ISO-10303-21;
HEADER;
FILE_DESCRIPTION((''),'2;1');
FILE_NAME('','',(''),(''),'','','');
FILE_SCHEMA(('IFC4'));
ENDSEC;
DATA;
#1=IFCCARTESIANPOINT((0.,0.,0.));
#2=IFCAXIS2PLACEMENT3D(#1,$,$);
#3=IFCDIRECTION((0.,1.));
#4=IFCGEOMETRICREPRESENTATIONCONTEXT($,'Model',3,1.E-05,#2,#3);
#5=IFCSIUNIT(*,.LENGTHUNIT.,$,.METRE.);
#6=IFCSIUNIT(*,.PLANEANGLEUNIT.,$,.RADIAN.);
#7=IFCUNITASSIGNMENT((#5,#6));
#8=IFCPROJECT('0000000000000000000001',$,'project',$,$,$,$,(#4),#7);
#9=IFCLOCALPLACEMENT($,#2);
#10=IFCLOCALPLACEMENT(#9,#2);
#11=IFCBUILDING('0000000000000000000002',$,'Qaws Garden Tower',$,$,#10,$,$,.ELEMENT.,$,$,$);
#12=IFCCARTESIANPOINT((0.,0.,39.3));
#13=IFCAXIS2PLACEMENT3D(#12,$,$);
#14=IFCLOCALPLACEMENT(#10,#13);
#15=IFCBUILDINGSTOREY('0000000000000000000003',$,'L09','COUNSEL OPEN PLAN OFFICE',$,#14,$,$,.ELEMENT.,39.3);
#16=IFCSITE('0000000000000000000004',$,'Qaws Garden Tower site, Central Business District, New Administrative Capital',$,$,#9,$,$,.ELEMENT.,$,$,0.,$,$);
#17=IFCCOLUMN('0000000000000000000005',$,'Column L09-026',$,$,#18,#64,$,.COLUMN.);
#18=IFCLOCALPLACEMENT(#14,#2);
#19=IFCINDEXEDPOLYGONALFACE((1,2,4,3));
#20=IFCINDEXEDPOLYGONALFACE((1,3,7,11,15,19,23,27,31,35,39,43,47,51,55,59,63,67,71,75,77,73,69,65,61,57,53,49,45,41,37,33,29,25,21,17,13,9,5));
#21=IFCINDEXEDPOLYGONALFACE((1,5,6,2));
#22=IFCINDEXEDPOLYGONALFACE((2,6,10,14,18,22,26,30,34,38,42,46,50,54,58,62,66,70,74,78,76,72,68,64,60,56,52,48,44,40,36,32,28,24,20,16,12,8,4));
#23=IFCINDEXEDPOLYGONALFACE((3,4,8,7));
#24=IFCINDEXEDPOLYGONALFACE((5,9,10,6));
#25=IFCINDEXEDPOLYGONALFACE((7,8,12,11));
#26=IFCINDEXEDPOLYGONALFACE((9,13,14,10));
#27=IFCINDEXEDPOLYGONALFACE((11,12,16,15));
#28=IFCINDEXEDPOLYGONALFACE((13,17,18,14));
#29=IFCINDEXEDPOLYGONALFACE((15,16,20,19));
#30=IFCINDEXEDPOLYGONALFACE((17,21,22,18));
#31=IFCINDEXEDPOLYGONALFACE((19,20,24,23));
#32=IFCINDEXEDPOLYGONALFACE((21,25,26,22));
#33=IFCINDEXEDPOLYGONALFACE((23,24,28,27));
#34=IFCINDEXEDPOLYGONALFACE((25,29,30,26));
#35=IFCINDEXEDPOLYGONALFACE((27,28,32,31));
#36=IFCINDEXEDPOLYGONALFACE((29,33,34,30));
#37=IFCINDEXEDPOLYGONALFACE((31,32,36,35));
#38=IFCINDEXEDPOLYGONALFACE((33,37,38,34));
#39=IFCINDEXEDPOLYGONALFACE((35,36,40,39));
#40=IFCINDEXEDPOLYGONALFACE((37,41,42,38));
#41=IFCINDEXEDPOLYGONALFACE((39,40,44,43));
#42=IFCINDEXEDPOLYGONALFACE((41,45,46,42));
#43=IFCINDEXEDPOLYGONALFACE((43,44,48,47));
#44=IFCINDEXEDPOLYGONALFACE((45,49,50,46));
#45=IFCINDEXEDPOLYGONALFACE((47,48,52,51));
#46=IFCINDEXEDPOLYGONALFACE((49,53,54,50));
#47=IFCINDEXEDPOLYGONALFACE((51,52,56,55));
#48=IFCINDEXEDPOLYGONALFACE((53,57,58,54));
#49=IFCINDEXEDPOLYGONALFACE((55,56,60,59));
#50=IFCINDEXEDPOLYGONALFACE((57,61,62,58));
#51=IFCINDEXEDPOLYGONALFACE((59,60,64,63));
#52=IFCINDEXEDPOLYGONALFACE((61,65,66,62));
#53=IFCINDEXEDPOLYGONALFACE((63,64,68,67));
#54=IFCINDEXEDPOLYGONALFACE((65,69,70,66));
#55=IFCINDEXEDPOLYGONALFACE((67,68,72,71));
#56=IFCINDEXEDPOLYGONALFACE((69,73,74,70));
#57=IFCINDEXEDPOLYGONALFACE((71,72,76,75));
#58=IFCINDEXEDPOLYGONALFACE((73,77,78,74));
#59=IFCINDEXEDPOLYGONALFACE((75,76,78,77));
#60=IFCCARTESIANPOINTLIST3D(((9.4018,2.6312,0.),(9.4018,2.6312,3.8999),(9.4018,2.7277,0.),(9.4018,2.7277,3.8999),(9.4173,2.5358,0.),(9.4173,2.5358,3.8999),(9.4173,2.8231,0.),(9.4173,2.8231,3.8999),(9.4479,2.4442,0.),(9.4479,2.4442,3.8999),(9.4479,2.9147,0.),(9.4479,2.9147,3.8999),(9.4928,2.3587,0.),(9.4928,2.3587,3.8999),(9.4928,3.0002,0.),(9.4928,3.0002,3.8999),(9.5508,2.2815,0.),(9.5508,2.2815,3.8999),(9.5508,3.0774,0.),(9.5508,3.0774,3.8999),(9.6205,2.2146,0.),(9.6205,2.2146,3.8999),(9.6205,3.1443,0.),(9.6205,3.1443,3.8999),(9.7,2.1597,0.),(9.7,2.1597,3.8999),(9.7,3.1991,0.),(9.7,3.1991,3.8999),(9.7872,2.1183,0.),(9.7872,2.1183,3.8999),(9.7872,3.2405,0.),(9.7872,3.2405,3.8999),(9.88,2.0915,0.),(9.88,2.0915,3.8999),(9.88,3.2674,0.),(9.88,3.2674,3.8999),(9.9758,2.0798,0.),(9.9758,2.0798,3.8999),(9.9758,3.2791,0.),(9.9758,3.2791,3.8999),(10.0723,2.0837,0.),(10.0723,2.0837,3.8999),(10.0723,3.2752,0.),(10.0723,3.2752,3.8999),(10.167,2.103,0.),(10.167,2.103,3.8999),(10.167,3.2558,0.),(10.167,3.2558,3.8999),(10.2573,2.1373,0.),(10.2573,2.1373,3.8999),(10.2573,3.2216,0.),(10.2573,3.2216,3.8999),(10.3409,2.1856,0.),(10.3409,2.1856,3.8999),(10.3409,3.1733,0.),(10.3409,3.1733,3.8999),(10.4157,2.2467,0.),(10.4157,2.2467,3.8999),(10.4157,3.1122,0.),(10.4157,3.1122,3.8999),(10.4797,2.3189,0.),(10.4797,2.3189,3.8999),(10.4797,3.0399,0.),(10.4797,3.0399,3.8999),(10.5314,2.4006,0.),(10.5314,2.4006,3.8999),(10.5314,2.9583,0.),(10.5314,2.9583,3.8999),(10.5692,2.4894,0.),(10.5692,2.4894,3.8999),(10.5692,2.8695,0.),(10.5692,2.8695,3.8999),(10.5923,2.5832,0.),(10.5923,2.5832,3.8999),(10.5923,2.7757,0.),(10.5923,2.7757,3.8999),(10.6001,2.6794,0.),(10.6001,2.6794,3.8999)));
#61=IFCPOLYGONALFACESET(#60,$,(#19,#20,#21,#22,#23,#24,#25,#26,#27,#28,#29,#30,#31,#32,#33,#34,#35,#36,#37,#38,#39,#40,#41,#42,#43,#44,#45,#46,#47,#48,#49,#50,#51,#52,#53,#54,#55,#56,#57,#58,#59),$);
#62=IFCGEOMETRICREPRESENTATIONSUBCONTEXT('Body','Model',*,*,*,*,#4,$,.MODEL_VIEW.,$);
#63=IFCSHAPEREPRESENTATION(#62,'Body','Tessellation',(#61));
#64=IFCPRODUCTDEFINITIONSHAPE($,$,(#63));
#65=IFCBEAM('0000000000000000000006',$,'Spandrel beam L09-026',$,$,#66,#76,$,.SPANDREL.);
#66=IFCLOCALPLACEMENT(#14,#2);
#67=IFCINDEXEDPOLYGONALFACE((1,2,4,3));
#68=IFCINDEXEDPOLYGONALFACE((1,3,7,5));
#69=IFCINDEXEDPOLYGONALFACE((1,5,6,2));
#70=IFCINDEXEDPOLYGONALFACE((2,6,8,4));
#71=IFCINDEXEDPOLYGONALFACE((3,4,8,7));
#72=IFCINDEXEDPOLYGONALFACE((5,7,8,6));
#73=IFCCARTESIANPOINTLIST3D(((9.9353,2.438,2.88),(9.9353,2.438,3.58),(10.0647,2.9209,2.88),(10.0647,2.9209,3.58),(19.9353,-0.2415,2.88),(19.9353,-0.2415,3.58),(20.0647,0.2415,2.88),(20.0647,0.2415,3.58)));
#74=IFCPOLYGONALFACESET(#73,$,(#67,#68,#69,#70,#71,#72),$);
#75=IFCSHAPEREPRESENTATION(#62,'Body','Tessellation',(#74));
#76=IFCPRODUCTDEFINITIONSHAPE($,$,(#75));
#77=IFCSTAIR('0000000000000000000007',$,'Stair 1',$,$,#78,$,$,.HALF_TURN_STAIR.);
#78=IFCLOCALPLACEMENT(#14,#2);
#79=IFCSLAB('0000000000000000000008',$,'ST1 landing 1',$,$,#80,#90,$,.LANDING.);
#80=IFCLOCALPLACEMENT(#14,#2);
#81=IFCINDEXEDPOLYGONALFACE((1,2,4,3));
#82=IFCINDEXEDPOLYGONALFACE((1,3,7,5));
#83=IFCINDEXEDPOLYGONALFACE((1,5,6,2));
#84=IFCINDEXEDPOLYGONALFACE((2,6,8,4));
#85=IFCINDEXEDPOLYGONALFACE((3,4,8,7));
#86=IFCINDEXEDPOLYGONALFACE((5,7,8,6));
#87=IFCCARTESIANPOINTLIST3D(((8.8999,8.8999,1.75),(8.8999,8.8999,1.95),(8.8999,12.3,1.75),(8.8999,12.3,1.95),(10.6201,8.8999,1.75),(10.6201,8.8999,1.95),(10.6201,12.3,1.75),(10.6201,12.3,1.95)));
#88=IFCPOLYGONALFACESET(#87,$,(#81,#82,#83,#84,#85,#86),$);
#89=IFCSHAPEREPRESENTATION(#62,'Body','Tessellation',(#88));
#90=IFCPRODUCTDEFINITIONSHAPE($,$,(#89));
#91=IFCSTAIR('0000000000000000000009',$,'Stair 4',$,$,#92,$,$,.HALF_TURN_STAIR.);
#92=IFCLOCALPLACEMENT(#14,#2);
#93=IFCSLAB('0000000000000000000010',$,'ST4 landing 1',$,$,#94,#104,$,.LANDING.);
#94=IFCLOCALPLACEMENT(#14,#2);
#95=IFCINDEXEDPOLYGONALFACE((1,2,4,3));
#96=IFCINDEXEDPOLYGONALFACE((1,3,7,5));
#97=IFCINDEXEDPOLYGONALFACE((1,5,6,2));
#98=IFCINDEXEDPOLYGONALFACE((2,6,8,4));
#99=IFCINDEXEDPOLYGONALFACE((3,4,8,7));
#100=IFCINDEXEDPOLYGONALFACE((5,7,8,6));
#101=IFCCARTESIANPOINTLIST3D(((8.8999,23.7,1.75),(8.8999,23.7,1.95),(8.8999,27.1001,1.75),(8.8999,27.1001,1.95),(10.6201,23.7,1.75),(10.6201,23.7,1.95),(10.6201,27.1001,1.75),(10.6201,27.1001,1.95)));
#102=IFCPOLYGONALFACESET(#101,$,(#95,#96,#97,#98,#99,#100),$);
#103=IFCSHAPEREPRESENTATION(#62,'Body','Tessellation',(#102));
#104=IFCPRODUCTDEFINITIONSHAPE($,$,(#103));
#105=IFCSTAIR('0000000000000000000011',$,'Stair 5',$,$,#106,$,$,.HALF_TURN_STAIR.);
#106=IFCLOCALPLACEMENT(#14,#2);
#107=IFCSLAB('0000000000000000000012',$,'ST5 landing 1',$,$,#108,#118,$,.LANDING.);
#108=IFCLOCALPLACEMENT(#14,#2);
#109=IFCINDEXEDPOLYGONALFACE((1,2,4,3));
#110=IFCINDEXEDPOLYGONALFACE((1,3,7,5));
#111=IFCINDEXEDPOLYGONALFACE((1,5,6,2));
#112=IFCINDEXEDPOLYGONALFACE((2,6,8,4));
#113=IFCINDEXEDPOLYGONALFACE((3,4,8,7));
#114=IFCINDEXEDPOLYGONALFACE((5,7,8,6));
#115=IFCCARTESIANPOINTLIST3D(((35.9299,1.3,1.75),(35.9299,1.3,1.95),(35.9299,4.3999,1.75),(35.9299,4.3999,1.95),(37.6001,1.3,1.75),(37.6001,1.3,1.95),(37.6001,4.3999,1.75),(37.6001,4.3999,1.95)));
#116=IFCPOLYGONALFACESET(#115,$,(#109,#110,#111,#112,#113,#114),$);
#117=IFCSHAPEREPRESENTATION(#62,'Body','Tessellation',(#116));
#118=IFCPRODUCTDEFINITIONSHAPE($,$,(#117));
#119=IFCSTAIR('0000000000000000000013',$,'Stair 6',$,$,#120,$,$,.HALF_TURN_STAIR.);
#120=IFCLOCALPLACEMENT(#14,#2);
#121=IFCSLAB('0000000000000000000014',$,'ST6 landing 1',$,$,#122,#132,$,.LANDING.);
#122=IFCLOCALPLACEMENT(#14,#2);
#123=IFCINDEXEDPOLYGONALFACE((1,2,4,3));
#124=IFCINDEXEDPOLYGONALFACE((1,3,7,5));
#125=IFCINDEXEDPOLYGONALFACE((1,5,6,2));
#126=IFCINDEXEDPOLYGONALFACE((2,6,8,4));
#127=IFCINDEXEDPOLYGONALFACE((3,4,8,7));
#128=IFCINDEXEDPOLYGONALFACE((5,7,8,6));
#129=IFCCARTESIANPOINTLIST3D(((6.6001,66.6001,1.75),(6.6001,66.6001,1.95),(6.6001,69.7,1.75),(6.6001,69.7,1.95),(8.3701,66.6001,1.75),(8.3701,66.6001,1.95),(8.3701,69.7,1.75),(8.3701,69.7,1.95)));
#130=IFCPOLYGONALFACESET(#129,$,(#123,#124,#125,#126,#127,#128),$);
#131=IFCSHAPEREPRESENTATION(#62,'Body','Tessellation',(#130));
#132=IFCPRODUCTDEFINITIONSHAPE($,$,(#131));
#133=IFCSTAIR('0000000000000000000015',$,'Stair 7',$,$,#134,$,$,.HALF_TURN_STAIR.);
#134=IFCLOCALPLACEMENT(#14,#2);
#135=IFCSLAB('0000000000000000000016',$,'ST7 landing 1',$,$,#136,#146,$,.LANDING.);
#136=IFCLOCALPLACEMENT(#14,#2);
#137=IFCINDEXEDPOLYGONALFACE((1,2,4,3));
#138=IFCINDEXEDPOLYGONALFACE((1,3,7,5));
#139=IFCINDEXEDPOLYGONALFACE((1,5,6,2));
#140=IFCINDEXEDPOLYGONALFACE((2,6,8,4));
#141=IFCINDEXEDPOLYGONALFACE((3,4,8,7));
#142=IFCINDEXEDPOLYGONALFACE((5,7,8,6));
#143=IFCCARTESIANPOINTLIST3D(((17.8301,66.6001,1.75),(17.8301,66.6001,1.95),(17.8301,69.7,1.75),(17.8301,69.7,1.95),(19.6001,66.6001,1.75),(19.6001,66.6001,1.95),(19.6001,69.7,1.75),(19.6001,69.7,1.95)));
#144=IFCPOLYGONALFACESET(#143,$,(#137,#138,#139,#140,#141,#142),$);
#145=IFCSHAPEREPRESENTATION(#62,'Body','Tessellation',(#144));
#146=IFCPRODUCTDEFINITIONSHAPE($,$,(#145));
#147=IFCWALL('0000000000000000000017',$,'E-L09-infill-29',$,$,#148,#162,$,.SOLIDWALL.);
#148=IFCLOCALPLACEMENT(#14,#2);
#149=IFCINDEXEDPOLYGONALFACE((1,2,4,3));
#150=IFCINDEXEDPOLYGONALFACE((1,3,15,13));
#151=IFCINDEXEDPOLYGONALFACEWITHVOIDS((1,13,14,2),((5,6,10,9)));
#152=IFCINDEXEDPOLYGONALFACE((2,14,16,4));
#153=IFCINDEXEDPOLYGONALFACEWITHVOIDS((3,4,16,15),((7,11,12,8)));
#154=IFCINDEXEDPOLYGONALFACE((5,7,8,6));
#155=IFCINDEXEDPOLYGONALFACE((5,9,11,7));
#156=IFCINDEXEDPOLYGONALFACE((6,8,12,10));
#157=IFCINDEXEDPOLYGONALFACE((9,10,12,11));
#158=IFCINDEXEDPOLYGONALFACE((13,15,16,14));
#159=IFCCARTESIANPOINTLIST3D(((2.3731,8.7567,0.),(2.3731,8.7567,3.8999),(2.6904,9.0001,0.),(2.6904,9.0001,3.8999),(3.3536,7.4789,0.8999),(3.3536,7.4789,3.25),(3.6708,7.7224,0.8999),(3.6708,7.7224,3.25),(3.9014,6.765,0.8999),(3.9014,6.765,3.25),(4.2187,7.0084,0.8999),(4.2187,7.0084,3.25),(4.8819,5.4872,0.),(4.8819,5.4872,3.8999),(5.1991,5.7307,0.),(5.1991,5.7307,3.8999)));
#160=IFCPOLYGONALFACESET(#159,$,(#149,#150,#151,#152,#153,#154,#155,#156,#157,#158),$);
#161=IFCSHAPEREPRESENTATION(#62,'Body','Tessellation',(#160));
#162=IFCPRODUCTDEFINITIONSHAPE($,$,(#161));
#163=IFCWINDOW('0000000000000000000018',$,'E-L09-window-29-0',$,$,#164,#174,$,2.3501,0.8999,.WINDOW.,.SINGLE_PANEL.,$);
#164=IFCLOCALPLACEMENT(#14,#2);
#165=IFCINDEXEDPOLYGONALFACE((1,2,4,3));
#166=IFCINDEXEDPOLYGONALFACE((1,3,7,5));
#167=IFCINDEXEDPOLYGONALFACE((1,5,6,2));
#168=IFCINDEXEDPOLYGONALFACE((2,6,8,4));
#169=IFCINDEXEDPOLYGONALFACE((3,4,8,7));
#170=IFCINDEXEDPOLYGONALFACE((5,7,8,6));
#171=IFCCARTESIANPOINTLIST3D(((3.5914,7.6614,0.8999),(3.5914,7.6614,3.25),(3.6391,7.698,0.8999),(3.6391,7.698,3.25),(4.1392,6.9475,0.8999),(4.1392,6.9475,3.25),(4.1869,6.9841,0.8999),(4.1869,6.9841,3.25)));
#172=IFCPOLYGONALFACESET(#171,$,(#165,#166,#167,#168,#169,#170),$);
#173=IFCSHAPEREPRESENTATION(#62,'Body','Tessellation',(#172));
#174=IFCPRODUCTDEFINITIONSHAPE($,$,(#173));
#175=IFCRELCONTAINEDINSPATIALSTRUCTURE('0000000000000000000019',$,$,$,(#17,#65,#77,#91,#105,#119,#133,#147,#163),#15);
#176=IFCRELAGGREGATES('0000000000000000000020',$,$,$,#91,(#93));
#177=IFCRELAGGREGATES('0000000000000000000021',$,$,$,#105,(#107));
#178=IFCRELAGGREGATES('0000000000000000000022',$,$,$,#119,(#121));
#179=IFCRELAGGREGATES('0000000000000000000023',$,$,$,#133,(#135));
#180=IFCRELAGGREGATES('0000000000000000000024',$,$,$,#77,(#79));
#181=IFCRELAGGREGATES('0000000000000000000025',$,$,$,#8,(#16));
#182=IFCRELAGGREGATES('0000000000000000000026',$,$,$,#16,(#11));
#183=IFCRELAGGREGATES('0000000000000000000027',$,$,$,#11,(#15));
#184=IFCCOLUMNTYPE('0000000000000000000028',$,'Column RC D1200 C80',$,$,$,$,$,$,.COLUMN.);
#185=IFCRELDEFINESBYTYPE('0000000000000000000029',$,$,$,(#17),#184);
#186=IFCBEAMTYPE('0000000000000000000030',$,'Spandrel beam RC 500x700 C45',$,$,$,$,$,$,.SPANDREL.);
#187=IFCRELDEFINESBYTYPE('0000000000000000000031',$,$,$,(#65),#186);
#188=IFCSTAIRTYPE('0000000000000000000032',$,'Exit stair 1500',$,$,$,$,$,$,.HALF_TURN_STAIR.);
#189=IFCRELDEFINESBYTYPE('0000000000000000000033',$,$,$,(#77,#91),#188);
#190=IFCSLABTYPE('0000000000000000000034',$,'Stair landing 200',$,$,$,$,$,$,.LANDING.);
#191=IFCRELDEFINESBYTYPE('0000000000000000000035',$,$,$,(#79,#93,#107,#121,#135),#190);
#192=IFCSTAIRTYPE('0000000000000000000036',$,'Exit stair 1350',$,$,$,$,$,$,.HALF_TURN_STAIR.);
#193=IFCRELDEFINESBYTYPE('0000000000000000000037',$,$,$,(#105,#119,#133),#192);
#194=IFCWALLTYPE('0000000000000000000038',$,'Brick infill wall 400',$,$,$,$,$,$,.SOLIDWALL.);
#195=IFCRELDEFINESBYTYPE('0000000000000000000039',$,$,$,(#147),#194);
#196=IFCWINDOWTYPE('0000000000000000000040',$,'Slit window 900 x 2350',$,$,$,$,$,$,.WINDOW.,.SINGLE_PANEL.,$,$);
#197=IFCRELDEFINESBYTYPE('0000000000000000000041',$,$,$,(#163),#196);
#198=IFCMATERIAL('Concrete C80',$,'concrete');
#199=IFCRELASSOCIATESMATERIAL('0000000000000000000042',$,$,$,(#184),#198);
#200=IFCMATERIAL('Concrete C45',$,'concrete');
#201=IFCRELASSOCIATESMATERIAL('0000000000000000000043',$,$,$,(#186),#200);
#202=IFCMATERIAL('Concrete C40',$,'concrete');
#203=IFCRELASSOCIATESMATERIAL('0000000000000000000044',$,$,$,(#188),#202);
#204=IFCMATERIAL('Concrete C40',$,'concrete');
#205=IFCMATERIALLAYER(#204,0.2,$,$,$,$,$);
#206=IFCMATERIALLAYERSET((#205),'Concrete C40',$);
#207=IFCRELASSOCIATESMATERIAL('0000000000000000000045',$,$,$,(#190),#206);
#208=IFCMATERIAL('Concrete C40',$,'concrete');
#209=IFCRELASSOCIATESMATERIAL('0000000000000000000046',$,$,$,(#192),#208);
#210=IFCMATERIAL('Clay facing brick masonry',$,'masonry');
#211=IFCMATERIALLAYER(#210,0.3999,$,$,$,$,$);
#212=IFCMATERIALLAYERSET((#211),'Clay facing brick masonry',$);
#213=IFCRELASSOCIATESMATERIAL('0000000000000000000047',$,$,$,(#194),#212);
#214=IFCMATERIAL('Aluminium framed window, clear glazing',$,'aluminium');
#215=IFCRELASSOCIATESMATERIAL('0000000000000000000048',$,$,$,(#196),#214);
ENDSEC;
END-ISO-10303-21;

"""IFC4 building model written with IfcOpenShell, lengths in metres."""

from ifc_helpers import new_model, si_unit, direction, frame, frame_2d, origin, origin_2d, place, context, subcontext, project, spatial, polyline, rectangle, circle, outline, extrude, material, layer, layer_set, material_profile, profile_set, type_object, element, fill, aggregate, save


model = new_model("IFC4")

# Units and contexts
model_context = context("Model", 3, precision=1e-05, world=origin(), true_north=direction((0.0, 1.0)))
body_context = subcontext(model_context, "Body", "Model", "MODEL_VIEW")
ifc_project = project(units=[si_unit("LENGTHUNIT", "METRE"), si_unit("PLANEANGLEUNIT", "RADIAN")], contexts=[model_context])

# Site, building, storey
site_placement = place(None, origin())
site = spatial("IfcSite", under=ifc_project, at=site_placement, Name="Qaws Garden Tower site, Central Business District, New Administrative Capital", CompositionType="ELEMENT", RefElevation=0.0)
building_placement = place(site_placement, origin())
building = spatial("IfcBuilding", under=site, at=building_placement, Name="Qaws Garden Tower", CompositionType="ELEMENT")
storey_placement = place(building_placement, frame((0.0, 0.0, 39.3)))
storey = spatial("IfcBuildingStorey", under=building, at=storey_placement, Name="L09", Description="COUNSEL OPEN PLAN OFFICE", CompositionType="ELEMENT", Elevation=39.3)

# Column
ifc_material_1 = material(Name="Concrete C80", Category="concrete")
ifc_material_profile_1 = material_profile(ifc_material_1, circle(Radius=0.6001, at=origin_2d()), Name="RC D1200")
ifc_profile_set_1 = profile_set([ifc_material_profile_1], Name="Concrete C80")
column_type = type_object("IfcColumnType", Name="Column RC D1200 C80", PredefinedType="COLUMN", material=ifc_profile_set_1)
column_placement = place(storey_placement, frame((10.0, 2.6794, 0.0), z_axis=(0.0, 0.0, 1.0), x_axis=(1.0, 0.0, 0.0)))
element("IfcColumn", 1, at=column_placement, inside=storey, type_object=column_type, Name="Column L09-026", PredefinedType="COLUMN", context=body_context, shape_type="SweptSolid", body=[
    extrude(circle(Radius=0.6001, at=origin_2d()), origin(), (0.0, 0.0, 1.0), 3.8999),
])

# Beam
ifc_material_2 = material(Name="Concrete C45", Category="concrete")
ifc_material_profile_2 = material_profile(ifc_material_2, rectangle(XDim=0.5, YDim=0.7, at=origin_2d()), Name="RC 500x700")
ifc_profile_set_2 = profile_set([ifc_material_profile_2], Name="Concrete C45")
beam_type = type_object("IfcBeamType", Name="Spandrel beam RC 500x700 C45", PredefinedType="SPANDREL", material=ifc_profile_set_2)
beam_placement = place(storey_placement, frame((10.0, 2.6794, 3.23), z_axis=(0.965927, -0.258815, 0.0), x_axis=(0.258815, 0.965927, 0.0)))
element("IfcBeam", 2, at=beam_placement, inside=storey, type_object=beam_type, Name="Spandrel beam L09-026", PredefinedType="SPANDREL", context=body_context, shape_type="SweptSolid", body=[
    extrude(rectangle(XDim=0.5, YDim=0.7, at=origin_2d()), origin(), (0.0, 0.0, 1.0), 10.3528),
])

# Stairs, slabs
ifc_material_3 = material(Name="Concrete C40", Category="concrete")
stair_type_1 = type_object("IfcStairType", Name="Exit stair 1500", PredefinedType="HALF_TURN_STAIR", material=ifc_material_3)
placement_1 = place(storey_placement, origin())
stair_1 = element("IfcStair", 3, at=placement_1, inside=storey, type_object=stair_type_1, Name="Stair 1", PredefinedType="HALF_TURN_STAIR")
ifc_material_4 = material(Name="Concrete C40", Category="concrete")
ifc_layer_1 = layer(ifc_material_4, 0.2)
ifc_layer_set_1 = layer_set([ifc_layer_1], Name="Concrete C40")
slab_type = type_object("IfcSlabType", Name="Stair landing 200", PredefinedType="LANDING", material=ifc_layer_set_1)
placement_2 = place(storey_placement, frame((0.0, 0.0, 1.75)))
slab_1 = element("IfcSlab", 4, at=placement_2, type_object=slab_type, Name="ST1 landing 1", PredefinedType="LANDING", context=body_context, shape_type="SweptSolid", body=[
    extrude(outline(polyline([(8.8999, 8.8999), (10.6201, 8.8999), (10.6201, 12.3), (8.8999, 12.3), (8.8999, 8.8999)])), origin(), (0.0, 0.0, 1.0), 0.2),
])
stair_2 = element("IfcStair", 5, at=placement_1, inside=storey, type_object=stair_type_1, Name="Stair 4", PredefinedType="HALF_TURN_STAIR")
slab_2 = element("IfcSlab", 6, at=placement_2, type_object=slab_type, Name="ST4 landing 1", PredefinedType="LANDING", context=body_context, shape_type="SweptSolid", body=[
    extrude(outline(polyline([(8.8999, 23.7), (10.6201, 23.7), (10.6201, 27.1001), (8.8999, 27.1001), (8.8999, 23.7)])), origin(), (0.0, 0.0, 1.0), 0.2),
])
aggregate(stair_2, [slab_2])
ifc_material_5 = material(Name="Concrete C40", Category="concrete")
stair_type_2 = type_object("IfcStairType", Name="Exit stair 1350", PredefinedType="HALF_TURN_STAIR", material=ifc_material_5)
stair_3 = element("IfcStair", 7, at=placement_1, inside=storey, type_object=stair_type_2, Name="Stair 5", PredefinedType="HALF_TURN_STAIR")
slab_3 = element("IfcSlab", 8, at=placement_2, type_object=slab_type, Name="ST5 landing 1", PredefinedType="LANDING", context=body_context, shape_type="SweptSolid", body=[
    extrude(outline(polyline([(35.9299, 1.3), (37.6001, 1.3), (37.6001, 4.3999), (35.9299, 4.3999), (35.9299, 1.3)])), origin(), (0.0, 0.0, 1.0), 0.2),
])
aggregate(stair_3, [slab_3])
stair_4 = element("IfcStair", 9, at=placement_1, inside=storey, type_object=stair_type_2, Name="Stair 6", PredefinedType="HALF_TURN_STAIR")
slab_4 = element("IfcSlab", 10, at=placement_2, type_object=slab_type, Name="ST6 landing 1", PredefinedType="LANDING", context=body_context, shape_type="SweptSolid", body=[
    extrude(outline(polyline([(6.6001, 66.6001), (8.3701, 66.6001), (8.3701, 69.7), (6.6001, 69.7), (6.6001, 66.6001)])), origin(), (0.0, 0.0, 1.0), 0.2),
])
aggregate(stair_4, [slab_4])
stair_5 = element("IfcStair", 11, at=placement_1, inside=storey, type_object=stair_type_2, Name="Stair 7", PredefinedType="HALF_TURN_STAIR")
slab_5 = element("IfcSlab", 12, at=placement_2, type_object=slab_type, Name="ST7 landing 1", PredefinedType="LANDING", context=body_context, shape_type="SweptSolid", body=[
    extrude(outline(polyline([(17.8301, 66.6001), (19.6001, 66.6001), (19.6001, 69.7), (17.8301, 69.7), (17.8301, 66.6001)])), origin(), (0.0, 0.0, 1.0), 0.2),
])
aggregate(stair_5, [slab_5])

# Wall, opening, window
ifc_material_6 = material(Name="Clay facing brick masonry", Category="masonry")
ifc_layer_2 = layer(ifc_material_6, 0.3999)
ifc_layer_set_2 = layer_set([ifc_layer_2], Name="Clay facing brick masonry")
wall_type_1 = type_object("IfcWallType", Name="Brick infill wall 400", PredefinedType="SOLIDWALL", material=ifc_layer_set_2)
wall_1_placement = place(storey_placement, frame((2.5317, 8.8784, 0.0), z_axis=(0.0, 0.0, 1.0), x_axis=(0.60876, -0.793355, 0.0)))
wall_1 = element("IfcWall", 13, at=wall_1_placement, inside=storey, type_object=wall_type_1, Name="E-L09-infill-29", PredefinedType="SOLIDWALL", context=body_context, shape_type="SweptSolid", body=[
    extrude(rectangle(XDim=4.1211, YDim=0.3999, at=frame_2d((2.0605, 0.0))), origin(), (0.0, 0.0, 1.0), 3.8999),
])
opening_1_placement = place(wall_1_placement, frame((1.6106, 0.0, 0.8999)))
opening_1 = element("IfcOpeningElement", 14, at=opening_1_placement, cuts=wall_1, PredefinedType="OPENING", context=body_context, shape_type="SweptSolid", body=[
    extrude(rectangle(XDim=0.8999, YDim=2.3501, at=frame_2d((0.45, 1.175))), frame((0.0, 0.21, 0.0), z_axis=(0.0, -1.0, 0.0), x_axis=(1.0, 0.0, 0.0)), (0.0, 0.0, 1.0), 0.4199),
])
ifc_material_7 = material(Name="Aluminium framed window, clear glazing", Category="aluminium")
window_type = type_object("IfcWindowType", Name="Slit window 900 x 2350", PartitioningType="SINGLE_PANEL", PredefinedType="WINDOW", material=ifc_material_7)
window_1_placement = place(opening_1_placement, origin())
window_1 = element("IfcWindow", 15, at=window_1_placement, inside=storey, type_object=window_type, Name="E-L09-window-29-0", OverallHeight=2.3501, OverallWidth=0.8999, PartitioningType="SINGLE_PANEL", PredefinedType="WINDOW", context=body_context, shape_type="SweptSolid", body=[
    extrude(rectangle(XDim=0.8999, YDim=2.3501, at=frame_2d((0.45, 1.175))), frame((0.0, 0.1599, 0.0), z_axis=(0.0, -1.0, 0.0), x_axis=(1.0, 0.0, 0.0)), (0.0, 0.0, 1.0), 0.0601),
])
fill(opening_1, window_1)

aggregate(stair_1, [slab_1])

save(model, "model.ifc")
